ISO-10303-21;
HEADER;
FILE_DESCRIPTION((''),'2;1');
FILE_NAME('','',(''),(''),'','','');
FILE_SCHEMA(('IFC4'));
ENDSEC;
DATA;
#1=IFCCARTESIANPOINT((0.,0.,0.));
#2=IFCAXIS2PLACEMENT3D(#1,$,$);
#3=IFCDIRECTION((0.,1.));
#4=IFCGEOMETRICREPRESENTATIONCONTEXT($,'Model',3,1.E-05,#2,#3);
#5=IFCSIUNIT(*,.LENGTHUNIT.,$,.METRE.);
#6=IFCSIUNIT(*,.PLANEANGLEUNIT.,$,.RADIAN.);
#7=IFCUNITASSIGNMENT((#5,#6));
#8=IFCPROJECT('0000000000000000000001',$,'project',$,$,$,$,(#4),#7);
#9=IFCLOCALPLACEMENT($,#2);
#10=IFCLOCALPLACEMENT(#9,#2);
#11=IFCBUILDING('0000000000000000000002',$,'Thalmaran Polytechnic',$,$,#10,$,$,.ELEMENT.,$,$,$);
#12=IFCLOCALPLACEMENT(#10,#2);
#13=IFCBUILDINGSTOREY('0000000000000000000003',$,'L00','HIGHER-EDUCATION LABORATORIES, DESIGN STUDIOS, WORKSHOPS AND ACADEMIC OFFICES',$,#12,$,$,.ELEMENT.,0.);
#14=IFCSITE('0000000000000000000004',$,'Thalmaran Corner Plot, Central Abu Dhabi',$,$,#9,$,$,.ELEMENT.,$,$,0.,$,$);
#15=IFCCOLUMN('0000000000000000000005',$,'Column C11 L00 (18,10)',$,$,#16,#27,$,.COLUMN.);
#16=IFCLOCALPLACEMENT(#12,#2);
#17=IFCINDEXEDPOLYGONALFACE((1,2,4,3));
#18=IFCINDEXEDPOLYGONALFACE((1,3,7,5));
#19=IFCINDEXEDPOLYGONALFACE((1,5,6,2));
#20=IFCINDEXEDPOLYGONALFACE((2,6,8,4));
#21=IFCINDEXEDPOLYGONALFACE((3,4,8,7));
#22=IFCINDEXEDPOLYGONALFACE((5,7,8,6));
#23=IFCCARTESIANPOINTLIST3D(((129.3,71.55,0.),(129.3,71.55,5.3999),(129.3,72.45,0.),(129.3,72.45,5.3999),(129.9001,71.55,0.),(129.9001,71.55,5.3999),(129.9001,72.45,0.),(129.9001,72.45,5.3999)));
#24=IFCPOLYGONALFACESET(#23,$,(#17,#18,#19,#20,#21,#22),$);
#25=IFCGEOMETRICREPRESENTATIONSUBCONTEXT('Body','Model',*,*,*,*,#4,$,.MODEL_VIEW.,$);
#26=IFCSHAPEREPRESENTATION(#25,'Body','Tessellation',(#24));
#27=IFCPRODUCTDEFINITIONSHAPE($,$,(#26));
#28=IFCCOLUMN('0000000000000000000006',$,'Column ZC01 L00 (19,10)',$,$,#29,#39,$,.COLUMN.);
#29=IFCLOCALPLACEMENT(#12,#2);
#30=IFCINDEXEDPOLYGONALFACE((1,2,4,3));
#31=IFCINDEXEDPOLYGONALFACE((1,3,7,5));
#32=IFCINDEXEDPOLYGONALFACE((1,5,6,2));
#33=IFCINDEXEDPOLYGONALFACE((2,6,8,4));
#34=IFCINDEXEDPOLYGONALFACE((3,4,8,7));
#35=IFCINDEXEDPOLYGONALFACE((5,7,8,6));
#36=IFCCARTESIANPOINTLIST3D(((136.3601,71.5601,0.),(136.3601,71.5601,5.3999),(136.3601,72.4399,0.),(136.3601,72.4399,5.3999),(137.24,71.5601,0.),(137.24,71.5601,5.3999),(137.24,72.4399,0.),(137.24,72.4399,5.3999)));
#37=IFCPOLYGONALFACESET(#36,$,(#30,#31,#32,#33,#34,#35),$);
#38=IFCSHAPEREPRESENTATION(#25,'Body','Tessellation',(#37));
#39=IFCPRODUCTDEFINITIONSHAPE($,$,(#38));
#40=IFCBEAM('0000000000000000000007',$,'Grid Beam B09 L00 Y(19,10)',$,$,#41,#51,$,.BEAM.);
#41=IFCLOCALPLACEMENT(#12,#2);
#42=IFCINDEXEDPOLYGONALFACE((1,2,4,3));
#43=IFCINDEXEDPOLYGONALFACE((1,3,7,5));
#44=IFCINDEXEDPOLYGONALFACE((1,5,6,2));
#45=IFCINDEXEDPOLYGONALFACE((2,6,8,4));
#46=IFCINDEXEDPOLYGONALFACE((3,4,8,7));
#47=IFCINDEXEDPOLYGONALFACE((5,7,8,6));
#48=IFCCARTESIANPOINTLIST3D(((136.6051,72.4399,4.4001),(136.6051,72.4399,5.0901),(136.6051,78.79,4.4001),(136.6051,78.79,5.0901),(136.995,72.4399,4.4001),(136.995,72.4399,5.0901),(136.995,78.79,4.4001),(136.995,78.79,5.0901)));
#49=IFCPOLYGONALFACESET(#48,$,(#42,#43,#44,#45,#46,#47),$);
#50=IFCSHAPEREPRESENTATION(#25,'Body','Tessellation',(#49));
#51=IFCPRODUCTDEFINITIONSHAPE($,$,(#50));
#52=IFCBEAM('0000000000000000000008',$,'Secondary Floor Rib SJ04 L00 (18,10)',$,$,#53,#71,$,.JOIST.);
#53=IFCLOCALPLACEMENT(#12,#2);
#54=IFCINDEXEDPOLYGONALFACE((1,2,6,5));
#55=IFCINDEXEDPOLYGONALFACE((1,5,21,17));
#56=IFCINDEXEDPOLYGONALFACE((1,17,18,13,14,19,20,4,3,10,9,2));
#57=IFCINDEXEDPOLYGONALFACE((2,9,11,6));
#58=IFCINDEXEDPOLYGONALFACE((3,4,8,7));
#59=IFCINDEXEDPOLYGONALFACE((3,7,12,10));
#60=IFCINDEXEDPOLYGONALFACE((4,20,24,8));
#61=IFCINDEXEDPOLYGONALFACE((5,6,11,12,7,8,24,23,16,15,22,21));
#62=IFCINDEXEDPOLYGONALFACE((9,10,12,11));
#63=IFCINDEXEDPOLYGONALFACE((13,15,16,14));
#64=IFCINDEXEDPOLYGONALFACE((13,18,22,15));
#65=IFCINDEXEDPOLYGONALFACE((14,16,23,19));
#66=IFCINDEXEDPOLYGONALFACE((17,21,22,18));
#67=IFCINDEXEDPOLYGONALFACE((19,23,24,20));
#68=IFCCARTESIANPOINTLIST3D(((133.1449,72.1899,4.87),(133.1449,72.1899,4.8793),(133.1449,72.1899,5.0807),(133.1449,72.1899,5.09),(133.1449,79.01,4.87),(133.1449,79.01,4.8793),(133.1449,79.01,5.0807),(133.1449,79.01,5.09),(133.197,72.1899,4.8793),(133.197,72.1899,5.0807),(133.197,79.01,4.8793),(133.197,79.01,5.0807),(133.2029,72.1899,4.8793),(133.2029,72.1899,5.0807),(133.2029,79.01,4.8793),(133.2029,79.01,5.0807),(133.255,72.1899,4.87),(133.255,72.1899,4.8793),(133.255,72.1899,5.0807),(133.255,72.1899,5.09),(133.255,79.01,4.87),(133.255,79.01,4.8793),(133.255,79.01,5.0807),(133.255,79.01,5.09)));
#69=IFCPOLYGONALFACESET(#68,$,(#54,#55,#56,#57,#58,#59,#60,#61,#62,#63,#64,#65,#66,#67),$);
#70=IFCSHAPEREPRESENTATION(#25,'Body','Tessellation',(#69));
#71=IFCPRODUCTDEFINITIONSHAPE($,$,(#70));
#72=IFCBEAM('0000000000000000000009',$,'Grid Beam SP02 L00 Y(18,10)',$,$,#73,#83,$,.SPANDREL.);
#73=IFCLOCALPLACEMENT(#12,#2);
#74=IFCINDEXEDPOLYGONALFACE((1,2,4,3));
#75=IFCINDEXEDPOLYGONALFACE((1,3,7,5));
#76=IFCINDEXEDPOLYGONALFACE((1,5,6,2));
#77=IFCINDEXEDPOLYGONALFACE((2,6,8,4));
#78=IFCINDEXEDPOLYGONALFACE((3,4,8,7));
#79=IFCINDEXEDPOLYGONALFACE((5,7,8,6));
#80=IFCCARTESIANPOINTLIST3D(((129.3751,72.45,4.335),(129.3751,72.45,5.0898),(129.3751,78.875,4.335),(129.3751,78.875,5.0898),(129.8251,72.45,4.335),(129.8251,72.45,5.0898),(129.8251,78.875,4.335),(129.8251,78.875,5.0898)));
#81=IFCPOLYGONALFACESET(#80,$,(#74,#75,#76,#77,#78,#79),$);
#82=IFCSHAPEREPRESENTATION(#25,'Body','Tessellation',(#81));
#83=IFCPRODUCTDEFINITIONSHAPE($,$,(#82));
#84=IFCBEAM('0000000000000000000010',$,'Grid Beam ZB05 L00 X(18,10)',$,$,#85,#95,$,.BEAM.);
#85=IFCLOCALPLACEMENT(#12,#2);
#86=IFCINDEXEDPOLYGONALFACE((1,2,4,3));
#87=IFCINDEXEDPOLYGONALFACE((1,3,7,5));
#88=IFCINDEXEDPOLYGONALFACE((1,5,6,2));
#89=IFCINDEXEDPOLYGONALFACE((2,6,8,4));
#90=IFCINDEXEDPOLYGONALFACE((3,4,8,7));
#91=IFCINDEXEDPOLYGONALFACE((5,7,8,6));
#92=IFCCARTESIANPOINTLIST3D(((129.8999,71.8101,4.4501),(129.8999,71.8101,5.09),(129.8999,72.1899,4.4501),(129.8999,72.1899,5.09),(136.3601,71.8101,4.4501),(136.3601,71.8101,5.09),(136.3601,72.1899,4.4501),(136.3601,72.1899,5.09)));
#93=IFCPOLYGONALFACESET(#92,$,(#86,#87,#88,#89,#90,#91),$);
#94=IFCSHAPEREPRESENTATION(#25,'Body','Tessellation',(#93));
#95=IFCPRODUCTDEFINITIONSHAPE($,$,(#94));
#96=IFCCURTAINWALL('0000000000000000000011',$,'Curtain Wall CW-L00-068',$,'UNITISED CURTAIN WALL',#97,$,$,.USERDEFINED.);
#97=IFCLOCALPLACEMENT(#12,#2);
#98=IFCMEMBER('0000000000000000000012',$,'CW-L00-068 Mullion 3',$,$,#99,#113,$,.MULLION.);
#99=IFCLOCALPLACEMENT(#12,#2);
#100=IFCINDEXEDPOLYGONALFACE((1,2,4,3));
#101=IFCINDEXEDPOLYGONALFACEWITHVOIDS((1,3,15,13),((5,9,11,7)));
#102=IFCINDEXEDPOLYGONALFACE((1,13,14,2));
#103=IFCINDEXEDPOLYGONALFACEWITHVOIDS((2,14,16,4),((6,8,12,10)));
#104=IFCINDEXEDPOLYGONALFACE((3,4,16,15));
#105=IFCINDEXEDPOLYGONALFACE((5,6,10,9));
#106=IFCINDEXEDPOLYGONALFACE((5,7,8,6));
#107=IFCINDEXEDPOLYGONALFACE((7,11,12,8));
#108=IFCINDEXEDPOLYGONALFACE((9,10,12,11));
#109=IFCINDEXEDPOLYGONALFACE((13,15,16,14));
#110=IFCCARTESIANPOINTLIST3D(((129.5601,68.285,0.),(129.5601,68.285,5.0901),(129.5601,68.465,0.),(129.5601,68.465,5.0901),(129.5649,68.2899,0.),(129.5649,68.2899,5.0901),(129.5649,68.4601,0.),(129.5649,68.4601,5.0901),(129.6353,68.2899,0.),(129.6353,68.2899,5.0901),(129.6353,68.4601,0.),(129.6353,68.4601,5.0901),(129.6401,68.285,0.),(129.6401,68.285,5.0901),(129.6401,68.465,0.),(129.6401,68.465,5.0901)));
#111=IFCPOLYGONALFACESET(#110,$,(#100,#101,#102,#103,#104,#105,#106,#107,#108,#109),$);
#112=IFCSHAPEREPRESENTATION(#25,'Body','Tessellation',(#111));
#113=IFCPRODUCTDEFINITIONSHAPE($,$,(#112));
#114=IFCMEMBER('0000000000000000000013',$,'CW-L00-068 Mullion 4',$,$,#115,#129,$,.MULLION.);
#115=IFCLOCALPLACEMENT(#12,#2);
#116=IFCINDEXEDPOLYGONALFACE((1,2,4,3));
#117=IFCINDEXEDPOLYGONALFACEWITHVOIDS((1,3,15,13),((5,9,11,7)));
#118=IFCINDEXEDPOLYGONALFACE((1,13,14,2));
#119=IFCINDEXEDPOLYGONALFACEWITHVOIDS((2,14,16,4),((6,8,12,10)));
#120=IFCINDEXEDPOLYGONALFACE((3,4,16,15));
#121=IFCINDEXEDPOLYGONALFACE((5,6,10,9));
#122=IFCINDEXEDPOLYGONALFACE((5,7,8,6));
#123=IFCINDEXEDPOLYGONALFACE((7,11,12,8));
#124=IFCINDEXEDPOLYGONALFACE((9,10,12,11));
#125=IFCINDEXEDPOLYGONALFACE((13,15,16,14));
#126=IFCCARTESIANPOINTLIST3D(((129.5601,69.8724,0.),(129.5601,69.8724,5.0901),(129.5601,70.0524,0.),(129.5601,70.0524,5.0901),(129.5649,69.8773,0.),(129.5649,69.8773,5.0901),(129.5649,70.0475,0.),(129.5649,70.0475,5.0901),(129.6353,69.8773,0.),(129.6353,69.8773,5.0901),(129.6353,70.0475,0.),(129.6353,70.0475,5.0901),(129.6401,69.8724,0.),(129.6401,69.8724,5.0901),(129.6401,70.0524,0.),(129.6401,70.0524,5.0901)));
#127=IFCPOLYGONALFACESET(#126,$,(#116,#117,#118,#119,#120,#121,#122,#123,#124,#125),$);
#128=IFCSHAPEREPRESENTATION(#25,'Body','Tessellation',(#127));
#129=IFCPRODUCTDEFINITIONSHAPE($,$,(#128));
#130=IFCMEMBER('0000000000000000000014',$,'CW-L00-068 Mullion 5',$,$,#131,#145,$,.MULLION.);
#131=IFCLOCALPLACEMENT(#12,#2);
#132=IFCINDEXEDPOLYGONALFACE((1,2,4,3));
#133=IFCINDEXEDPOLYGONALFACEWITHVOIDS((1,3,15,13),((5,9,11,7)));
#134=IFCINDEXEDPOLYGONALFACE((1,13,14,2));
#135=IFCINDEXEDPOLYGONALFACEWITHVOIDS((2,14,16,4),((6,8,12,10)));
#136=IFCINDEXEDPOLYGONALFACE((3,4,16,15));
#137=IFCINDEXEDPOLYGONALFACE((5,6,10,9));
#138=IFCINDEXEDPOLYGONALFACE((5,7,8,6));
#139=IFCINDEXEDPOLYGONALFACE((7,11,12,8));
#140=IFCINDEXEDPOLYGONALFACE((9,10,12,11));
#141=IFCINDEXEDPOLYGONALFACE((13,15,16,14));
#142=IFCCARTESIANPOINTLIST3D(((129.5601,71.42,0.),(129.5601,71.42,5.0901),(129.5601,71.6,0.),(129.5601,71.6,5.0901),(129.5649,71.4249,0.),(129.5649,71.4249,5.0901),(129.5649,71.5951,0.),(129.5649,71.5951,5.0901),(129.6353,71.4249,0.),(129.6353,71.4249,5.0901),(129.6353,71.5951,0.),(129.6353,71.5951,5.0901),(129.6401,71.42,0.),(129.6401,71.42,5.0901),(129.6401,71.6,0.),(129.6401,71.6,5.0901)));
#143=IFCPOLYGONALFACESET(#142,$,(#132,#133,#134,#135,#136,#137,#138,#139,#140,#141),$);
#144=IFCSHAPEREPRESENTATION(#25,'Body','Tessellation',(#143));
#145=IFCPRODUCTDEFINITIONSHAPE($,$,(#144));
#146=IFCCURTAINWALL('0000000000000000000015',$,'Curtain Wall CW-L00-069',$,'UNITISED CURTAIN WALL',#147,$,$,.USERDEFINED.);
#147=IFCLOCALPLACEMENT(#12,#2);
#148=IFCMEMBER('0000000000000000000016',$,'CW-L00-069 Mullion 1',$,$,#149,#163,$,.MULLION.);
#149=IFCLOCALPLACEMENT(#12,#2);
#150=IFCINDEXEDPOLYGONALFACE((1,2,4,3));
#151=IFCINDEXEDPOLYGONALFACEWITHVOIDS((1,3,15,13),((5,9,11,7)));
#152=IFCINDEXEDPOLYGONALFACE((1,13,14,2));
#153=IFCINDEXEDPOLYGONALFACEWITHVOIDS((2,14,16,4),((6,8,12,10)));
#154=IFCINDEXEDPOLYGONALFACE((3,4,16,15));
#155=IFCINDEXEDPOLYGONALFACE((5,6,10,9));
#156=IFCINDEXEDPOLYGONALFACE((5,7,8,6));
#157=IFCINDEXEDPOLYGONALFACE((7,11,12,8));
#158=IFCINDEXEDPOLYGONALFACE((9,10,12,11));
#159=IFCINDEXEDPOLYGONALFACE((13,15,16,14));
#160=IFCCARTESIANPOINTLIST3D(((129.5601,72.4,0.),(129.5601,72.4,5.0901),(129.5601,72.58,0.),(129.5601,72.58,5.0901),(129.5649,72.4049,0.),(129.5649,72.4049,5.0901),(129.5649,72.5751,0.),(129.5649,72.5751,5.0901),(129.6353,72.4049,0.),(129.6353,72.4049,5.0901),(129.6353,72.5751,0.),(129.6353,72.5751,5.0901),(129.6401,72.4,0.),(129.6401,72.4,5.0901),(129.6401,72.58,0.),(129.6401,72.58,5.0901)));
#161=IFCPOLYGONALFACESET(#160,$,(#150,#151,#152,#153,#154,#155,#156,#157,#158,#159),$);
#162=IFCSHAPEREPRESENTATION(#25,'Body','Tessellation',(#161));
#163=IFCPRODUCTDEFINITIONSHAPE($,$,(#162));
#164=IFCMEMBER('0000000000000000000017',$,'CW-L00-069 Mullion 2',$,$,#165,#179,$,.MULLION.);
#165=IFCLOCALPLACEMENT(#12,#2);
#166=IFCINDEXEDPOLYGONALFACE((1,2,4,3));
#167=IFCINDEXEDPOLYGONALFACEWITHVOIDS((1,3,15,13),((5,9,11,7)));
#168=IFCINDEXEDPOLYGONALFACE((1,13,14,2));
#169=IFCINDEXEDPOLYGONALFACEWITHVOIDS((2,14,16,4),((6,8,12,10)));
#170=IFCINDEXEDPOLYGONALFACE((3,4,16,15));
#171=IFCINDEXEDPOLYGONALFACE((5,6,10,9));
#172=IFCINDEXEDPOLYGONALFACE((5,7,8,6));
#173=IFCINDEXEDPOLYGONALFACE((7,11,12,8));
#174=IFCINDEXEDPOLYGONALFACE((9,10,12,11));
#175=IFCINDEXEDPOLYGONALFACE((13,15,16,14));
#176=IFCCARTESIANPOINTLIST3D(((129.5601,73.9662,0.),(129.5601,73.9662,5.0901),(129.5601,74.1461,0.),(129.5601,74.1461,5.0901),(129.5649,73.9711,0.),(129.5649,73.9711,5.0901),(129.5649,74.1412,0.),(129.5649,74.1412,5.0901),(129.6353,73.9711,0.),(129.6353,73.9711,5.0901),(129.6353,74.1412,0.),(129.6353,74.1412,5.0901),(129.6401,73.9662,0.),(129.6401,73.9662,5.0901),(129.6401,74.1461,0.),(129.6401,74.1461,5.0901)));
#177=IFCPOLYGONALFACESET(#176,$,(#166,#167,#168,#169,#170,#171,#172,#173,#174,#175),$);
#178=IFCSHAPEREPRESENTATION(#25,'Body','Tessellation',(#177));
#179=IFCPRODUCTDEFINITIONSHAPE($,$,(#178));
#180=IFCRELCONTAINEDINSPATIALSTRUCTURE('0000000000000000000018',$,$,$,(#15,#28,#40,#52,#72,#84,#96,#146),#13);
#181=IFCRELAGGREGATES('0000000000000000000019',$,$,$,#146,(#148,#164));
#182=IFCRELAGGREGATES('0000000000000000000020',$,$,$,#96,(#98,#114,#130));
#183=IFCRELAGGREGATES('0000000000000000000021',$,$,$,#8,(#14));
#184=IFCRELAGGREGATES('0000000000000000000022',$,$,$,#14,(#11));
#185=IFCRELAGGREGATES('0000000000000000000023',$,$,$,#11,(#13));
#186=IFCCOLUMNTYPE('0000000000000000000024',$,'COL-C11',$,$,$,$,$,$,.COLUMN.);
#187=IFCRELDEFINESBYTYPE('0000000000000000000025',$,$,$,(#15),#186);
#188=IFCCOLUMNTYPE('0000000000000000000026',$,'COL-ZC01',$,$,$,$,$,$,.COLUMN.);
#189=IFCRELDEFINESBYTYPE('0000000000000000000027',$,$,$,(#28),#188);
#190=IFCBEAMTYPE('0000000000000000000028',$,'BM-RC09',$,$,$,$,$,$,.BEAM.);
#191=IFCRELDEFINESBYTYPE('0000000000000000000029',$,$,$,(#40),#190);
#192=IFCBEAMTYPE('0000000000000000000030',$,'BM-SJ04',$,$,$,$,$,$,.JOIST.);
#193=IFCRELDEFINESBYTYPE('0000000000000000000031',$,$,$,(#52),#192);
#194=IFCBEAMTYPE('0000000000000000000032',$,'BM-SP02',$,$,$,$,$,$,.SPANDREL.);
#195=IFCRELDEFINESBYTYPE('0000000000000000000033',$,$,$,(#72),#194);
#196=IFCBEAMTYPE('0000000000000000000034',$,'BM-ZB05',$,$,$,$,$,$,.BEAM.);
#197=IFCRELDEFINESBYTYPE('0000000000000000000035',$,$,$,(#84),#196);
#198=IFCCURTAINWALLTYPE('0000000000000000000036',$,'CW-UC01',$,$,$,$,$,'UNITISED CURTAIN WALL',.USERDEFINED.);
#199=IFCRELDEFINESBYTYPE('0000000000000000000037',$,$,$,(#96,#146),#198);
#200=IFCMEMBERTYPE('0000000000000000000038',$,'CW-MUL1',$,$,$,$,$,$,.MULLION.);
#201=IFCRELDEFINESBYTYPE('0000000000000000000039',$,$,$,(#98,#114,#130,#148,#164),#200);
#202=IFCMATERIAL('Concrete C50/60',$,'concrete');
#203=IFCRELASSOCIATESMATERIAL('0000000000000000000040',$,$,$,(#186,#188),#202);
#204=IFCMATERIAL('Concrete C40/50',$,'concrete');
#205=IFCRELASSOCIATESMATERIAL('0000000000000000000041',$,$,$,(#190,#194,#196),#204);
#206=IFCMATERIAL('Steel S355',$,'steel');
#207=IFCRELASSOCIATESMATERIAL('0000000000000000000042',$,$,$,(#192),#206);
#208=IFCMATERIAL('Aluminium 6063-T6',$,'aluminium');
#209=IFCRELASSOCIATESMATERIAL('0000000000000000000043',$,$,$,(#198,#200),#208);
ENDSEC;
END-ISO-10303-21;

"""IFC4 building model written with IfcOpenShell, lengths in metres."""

from ifc_helpers import new_model, si_unit, direction, frame, origin, origin_2d, place, context, subcontext, project, spatial, rectangle, hollow_rectangle, i_section, extrude, material, material_profile, profile_set, type_object, element, aggregate, save


model = new_model("IFC4")

# Units and contexts
model_context = context("Model", 3, precision=1e-05, world=origin(), true_north=direction((0.0, 1.0)))
body_context = subcontext(model_context, "Body", "Model", "MODEL_VIEW")
ifc_project = project(units=[si_unit("LENGTHUNIT", "METRE"), si_unit("PLANEANGLEUNIT", "RADIAN")], contexts=[model_context])

# Site, building, storey
site_placement = place(None, origin())
site = spatial("IfcSite", under=ifc_project, at=site_placement, Name="Thalmaran Corner Plot, Central Abu Dhabi", CompositionType="ELEMENT", RefElevation=0.0)
building_placement = place(site_placement, origin())
building = spatial("IfcBuilding", under=site, at=building_placement, Name="Thalmaran Polytechnic", CompositionType="ELEMENT")
storey_placement = place(building_placement, origin())
storey = spatial("IfcBuildingStorey", under=building, at=storey_placement, Name="L00", Description="HIGHER-EDUCATION LABORATORIES, DESIGN STUDIOS, WORKSHOPS AND ACADEMIC OFFICES", CompositionType="ELEMENT", Elevation=0.0)

# Columns
ifc_material_1 = material(Name="Concrete C50/60", Category="concrete")
ifc_material_profile_1 = material_profile(ifc_material_1, rectangle(XDim=0.6001, YDim=0.8999, at=origin_2d()), Name="RC 600x900")
ifc_profile_set_1 = profile_set([ifc_material_profile_1], Name="Concrete C50/60")
column_type_1 = type_object("IfcColumnType", Name="COL-C11", PredefinedType="COLUMN", material=ifc_profile_set_1)
column_1_placement = place(storey_placement, frame((129.6001, 72.0, 0.0), z_axis=(0.0, 0.0, 1.0), x_axis=(1.0, 0.0, 0.0)))
element("IfcColumn", 1, at=column_1_placement, inside=storey, type_object=column_type_1, Name="Column C11 L00 (18,10)", PredefinedType="COLUMN", context=body_context, shape_type="SweptSolid", body=[
    extrude(rectangle(XDim=0.6001, YDim=0.8999, at=origin_2d()), origin(), (0.0, 0.0, 1.0), 5.3999),
])
ifc_material_profile_2 = material_profile(ifc_material_1, rectangle(XDim=0.8799, YDim=0.8799, at=origin_2d()), Name="RC 880x880")
ifc_profile_set_2 = profile_set([ifc_material_profile_2], Name="Concrete C50/60")
column_type_2 = type_object("IfcColumnType", Name="COL-ZC01", PredefinedType="COLUMN", material=ifc_profile_set_2)
column_2_placement = place(storey_placement, frame((136.8, 72.0, 0.0), z_axis=(0.0, 0.0, 1.0), x_axis=(1.0, 0.0, 0.0)))
element("IfcColumn", 2, at=column_2_placement, inside=storey, type_object=column_type_2, Name="Column ZC01 L00 (19,10)", PredefinedType="COLUMN", context=body_context, shape_type="SweptSolid", body=[
    extrude(rectangle(XDim=0.8799, YDim=0.8799, at=origin_2d()), origin(), (0.0, 0.0, 1.0), 5.3999),
])

# Beams
ifc_material_2 = material(Name="Concrete C40/50", Category="concrete")
ifc_material_profile_3 = material_profile(ifc_material_2, rectangle(XDim=0.3899, YDim=0.6899, at=origin_2d()), Name="RC 390x690")
ifc_profile_set_3 = profile_set([ifc_material_profile_3], Name="Concrete C40/50")
beam_type_1 = type_object("IfcBeamType", Name="BM-RC09", PredefinedType="BEAM", material=ifc_profile_set_3)
beam_1_placement = place(storey_placement, frame((136.8, 72.4399, 4.7451), z_axis=(0.0, 1.0, 0.0), x_axis=(-1.0, 0.0, 0.0)))
element("IfcBeam", 3, at=beam_1_placement, inside=storey, type_object=beam_type_1, Name="Grid Beam B09 L00 Y(19,10)", PredefinedType="BEAM", context=body_context, shape_type="SweptSolid", body=[
    extrude(rectangle(XDim=0.3899, YDim=0.6899, at=origin_2d()), origin(), (0.0, 0.0, 1.0), 6.3501),
])
ifc_material_3 = material(Name="Steel S355", Category="steel")
ifc_material_profile_4 = material_profile(ifc_material_3, i_section(OverallWidth=0.1101, OverallDepth=0.22, WebThickness=0.0059, FlangeThickness=0.0093, at=origin_2d()), Name="IPE 220")
ifc_profile_set_4 = profile_set([ifc_material_profile_4], Name="Steel S355")
beam_type_2 = type_object("IfcBeamType", Name="BM-SJ04", PredefinedType="JOIST", material=ifc_profile_set_4)
beam_2_placement = place(storey_placement, frame((133.2, 72.1899, 4.98), z_axis=(0.0, 1.0, 0.0), x_axis=(-1.0, 0.0, 0.0)))
element("IfcBeam", 4, at=beam_2_placement, inside=storey, type_object=beam_type_2, Name="Secondary Floor Rib SJ04 L00 (18,10)", PredefinedType="JOIST", context=body_context, shape_type="SweptSolid", body=[
    extrude(i_section(OverallWidth=0.1101, OverallDepth=0.22, WebThickness=0.0059, FlangeThickness=0.0093, at=origin_2d()), origin(), (0.0, 0.0, 1.0), 6.8201),
])
ifc_material_profile_5 = material_profile(ifc_material_2, rectangle(XDim=0.45, YDim=0.7549, at=origin_2d()), Name="RC 450x755")
ifc_profile_set_5 = profile_set([ifc_material_profile_5], Name="Concrete C40/50")
beam_type_3 = type_object("IfcBeamType", Name="BM-SP02", PredefinedType="SPANDREL", material=ifc_profile_set_5)
beam_3_placement = place(storey_placement, frame((129.6001, 72.45, 4.7124), z_axis=(0.0, 1.0, 0.0), x_axis=(-1.0, 0.0, 0.0)))
element("IfcBeam", 5, at=beam_3_placement, inside=storey, type_object=beam_type_3, Name="Grid Beam SP02 L00 Y(18,10)", PredefinedType="SPANDREL", context=body_context, shape_type="SweptSolid", body=[
    extrude(rectangle(XDim=0.45, YDim=0.7549, at=origin_2d()), origin(), (0.0, 0.0, 1.0), 6.425),
])
ifc_material_profile_6 = material_profile(ifc_material_2, rectangle(XDim=0.3799, YDim=0.6399, at=origin_2d()), Name="RC 380x640")
ifc_profile_set_6 = profile_set([ifc_material_profile_6], Name="Concrete C40/50")
beam_type_4 = type_object("IfcBeamType", Name="BM-ZB05", PredefinedType="BEAM", material=ifc_profile_set_6)
beam_4_placement = place(storey_placement, frame((129.8999, 72.0, 4.77), z_axis=(1.0, 0.0, 0.0), x_axis=(0.0, 1.0, 0.0)))
element("IfcBeam", 6, at=beam_4_placement, inside=storey, type_object=beam_type_4, Name="Grid Beam ZB05 L00 X(18,10)", PredefinedType="BEAM", context=body_context, shape_type="SweptSolid", body=[
    extrude(rectangle(XDim=0.3799, YDim=0.6399, at=origin_2d()), origin(), (0.0, 0.0, 1.0), 6.4602),
])

# Curtain walls, members
ifc_material_4 = material(Name="Aluminium 6063-T6", Category="aluminium")
curtain_wall_type = type_object("IfcCurtainWallType", Name="CW-UC01", ElementType="UNITISED CURTAIN WALL", PredefinedType="USERDEFINED", material=ifc_material_4)
curtain_wall_1_placement = place(storey_placement, origin())
curtain_wall_1 = element("IfcCurtainWall", 7, at=curtain_wall_1_placement, inside=storey, type_object=curtain_wall_type, Name="Curtain Wall CW-L00-068", ObjectType="UNITISED CURTAIN WALL", PredefinedType="USERDEFINED")
ifc_material_profile_7 = material_profile(ifc_material_4, hollow_rectangle(XDim=0.0801, YDim=0.1799, WallThickness=0.0049, at=origin_2d()), Name="RHS 180x80x5.0")
ifc_profile_set_7 = profile_set([ifc_material_profile_7], Name="Aluminium 6063-T6")
member_type_1 = type_object("IfcMemberType", Name="CW-MUL1", PredefinedType="MULLION", material=ifc_profile_set_7)
member_1_placement = place(storey_placement, frame((129.6001, 68.375, 0.0), z_axis=(0.0, 0.0, 1.0), x_axis=(1.0, 0.0, 0.0)))
member_1 = element("IfcMember", 8, at=member_1_placement, type_object=member_type_1, Name="CW-L00-068 Mullion 3", PredefinedType="MULLION", context=body_context, shape_type="SweptSolid", body=[
    extrude(hollow_rectangle(XDim=0.0801, YDim=0.1799, WallThickness=0.0049, at=origin_2d()), origin(), (0.0, 0.0, 1.0), 5.0901),
])
member_2_placement = place(storey_placement, frame((129.6001, 69.9624, 0.0), z_axis=(0.0, 0.0, 1.0), x_axis=(1.0, 0.0, 0.0)))
member_2 = element("IfcMember", 9, at=member_2_placement, type_object=member_type_1, Name="CW-L00-068 Mullion 4", PredefinedType="MULLION", context=body_context, shape_type="SweptSolid", body=[
    extrude(hollow_rectangle(XDim=0.0801, YDim=0.1799, WallThickness=0.0049, at=origin_2d()), origin(), (0.0, 0.0, 1.0), 5.0901),
])
member_3_placement = place(storey_placement, frame((129.6001, 71.51, 0.0), z_axis=(0.0, 0.0, 1.0), x_axis=(1.0, 0.0, 0.0)))
member_3 = element("IfcMember", 10, at=member_3_placement, type_object=member_type_1, Name="CW-L00-068 Mullion 5", PredefinedType="MULLION", context=body_context, shape_type="SweptSolid", body=[
    extrude(hollow_rectangle(XDim=0.0801, YDim=0.1799, WallThickness=0.0049, at=origin_2d()), origin(), (0.0, 0.0, 1.0), 5.0901),
])
curtain_wall_2_placement = place(storey_placement, origin())
curtain_wall_2 = element("IfcCurtainWall", 11, at=curtain_wall_2_placement, inside=storey, type_object=curtain_wall_type, Name="Curtain Wall CW-L00-069", ObjectType="UNITISED CURTAIN WALL", PredefinedType="USERDEFINED")
member_4_placement = place(storey_placement, frame((129.6001, 72.49, 0.0), z_axis=(0.0, 0.0, 1.0), x_axis=(1.0, 0.0, 0.0)))
member_4 = element("IfcMember", 12, at=member_4_placement, type_object=member_type_1, Name="CW-L00-069 Mullion 1", PredefinedType="MULLION", context=body_context, shape_type="SweptSolid", body=[
    extrude(hollow_rectangle(XDim=0.0801, YDim=0.1799, WallThickness=0.0049, at=origin_2d()), origin(), (0.0, 0.0, 1.0), 5.0901),
])
member_5_placement = place(storey_placement, frame((129.6001, 74.0562, 0.0), z_axis=(0.0, 0.0, 1.0), x_axis=(1.0, 0.0, 0.0)))
member_5 = element("IfcMember", 13, at=member_5_placement, type_object=member_type_1, Name="CW-L00-069 Mullion 2", PredefinedType="MULLION", context=body_context, shape_type="SweptSolid", body=[
    extrude(hollow_rectangle(XDim=0.0801, YDim=0.1799, WallThickness=0.0049, at=origin_2d()), origin(), (0.0, 0.0, 1.0), 5.0901),
])

aggregate(curtain_wall_2, [member_4, member_5])
aggregate(curtain_wall_1, [member_1, member_2, member_3])

save(model, "model.ifc")
